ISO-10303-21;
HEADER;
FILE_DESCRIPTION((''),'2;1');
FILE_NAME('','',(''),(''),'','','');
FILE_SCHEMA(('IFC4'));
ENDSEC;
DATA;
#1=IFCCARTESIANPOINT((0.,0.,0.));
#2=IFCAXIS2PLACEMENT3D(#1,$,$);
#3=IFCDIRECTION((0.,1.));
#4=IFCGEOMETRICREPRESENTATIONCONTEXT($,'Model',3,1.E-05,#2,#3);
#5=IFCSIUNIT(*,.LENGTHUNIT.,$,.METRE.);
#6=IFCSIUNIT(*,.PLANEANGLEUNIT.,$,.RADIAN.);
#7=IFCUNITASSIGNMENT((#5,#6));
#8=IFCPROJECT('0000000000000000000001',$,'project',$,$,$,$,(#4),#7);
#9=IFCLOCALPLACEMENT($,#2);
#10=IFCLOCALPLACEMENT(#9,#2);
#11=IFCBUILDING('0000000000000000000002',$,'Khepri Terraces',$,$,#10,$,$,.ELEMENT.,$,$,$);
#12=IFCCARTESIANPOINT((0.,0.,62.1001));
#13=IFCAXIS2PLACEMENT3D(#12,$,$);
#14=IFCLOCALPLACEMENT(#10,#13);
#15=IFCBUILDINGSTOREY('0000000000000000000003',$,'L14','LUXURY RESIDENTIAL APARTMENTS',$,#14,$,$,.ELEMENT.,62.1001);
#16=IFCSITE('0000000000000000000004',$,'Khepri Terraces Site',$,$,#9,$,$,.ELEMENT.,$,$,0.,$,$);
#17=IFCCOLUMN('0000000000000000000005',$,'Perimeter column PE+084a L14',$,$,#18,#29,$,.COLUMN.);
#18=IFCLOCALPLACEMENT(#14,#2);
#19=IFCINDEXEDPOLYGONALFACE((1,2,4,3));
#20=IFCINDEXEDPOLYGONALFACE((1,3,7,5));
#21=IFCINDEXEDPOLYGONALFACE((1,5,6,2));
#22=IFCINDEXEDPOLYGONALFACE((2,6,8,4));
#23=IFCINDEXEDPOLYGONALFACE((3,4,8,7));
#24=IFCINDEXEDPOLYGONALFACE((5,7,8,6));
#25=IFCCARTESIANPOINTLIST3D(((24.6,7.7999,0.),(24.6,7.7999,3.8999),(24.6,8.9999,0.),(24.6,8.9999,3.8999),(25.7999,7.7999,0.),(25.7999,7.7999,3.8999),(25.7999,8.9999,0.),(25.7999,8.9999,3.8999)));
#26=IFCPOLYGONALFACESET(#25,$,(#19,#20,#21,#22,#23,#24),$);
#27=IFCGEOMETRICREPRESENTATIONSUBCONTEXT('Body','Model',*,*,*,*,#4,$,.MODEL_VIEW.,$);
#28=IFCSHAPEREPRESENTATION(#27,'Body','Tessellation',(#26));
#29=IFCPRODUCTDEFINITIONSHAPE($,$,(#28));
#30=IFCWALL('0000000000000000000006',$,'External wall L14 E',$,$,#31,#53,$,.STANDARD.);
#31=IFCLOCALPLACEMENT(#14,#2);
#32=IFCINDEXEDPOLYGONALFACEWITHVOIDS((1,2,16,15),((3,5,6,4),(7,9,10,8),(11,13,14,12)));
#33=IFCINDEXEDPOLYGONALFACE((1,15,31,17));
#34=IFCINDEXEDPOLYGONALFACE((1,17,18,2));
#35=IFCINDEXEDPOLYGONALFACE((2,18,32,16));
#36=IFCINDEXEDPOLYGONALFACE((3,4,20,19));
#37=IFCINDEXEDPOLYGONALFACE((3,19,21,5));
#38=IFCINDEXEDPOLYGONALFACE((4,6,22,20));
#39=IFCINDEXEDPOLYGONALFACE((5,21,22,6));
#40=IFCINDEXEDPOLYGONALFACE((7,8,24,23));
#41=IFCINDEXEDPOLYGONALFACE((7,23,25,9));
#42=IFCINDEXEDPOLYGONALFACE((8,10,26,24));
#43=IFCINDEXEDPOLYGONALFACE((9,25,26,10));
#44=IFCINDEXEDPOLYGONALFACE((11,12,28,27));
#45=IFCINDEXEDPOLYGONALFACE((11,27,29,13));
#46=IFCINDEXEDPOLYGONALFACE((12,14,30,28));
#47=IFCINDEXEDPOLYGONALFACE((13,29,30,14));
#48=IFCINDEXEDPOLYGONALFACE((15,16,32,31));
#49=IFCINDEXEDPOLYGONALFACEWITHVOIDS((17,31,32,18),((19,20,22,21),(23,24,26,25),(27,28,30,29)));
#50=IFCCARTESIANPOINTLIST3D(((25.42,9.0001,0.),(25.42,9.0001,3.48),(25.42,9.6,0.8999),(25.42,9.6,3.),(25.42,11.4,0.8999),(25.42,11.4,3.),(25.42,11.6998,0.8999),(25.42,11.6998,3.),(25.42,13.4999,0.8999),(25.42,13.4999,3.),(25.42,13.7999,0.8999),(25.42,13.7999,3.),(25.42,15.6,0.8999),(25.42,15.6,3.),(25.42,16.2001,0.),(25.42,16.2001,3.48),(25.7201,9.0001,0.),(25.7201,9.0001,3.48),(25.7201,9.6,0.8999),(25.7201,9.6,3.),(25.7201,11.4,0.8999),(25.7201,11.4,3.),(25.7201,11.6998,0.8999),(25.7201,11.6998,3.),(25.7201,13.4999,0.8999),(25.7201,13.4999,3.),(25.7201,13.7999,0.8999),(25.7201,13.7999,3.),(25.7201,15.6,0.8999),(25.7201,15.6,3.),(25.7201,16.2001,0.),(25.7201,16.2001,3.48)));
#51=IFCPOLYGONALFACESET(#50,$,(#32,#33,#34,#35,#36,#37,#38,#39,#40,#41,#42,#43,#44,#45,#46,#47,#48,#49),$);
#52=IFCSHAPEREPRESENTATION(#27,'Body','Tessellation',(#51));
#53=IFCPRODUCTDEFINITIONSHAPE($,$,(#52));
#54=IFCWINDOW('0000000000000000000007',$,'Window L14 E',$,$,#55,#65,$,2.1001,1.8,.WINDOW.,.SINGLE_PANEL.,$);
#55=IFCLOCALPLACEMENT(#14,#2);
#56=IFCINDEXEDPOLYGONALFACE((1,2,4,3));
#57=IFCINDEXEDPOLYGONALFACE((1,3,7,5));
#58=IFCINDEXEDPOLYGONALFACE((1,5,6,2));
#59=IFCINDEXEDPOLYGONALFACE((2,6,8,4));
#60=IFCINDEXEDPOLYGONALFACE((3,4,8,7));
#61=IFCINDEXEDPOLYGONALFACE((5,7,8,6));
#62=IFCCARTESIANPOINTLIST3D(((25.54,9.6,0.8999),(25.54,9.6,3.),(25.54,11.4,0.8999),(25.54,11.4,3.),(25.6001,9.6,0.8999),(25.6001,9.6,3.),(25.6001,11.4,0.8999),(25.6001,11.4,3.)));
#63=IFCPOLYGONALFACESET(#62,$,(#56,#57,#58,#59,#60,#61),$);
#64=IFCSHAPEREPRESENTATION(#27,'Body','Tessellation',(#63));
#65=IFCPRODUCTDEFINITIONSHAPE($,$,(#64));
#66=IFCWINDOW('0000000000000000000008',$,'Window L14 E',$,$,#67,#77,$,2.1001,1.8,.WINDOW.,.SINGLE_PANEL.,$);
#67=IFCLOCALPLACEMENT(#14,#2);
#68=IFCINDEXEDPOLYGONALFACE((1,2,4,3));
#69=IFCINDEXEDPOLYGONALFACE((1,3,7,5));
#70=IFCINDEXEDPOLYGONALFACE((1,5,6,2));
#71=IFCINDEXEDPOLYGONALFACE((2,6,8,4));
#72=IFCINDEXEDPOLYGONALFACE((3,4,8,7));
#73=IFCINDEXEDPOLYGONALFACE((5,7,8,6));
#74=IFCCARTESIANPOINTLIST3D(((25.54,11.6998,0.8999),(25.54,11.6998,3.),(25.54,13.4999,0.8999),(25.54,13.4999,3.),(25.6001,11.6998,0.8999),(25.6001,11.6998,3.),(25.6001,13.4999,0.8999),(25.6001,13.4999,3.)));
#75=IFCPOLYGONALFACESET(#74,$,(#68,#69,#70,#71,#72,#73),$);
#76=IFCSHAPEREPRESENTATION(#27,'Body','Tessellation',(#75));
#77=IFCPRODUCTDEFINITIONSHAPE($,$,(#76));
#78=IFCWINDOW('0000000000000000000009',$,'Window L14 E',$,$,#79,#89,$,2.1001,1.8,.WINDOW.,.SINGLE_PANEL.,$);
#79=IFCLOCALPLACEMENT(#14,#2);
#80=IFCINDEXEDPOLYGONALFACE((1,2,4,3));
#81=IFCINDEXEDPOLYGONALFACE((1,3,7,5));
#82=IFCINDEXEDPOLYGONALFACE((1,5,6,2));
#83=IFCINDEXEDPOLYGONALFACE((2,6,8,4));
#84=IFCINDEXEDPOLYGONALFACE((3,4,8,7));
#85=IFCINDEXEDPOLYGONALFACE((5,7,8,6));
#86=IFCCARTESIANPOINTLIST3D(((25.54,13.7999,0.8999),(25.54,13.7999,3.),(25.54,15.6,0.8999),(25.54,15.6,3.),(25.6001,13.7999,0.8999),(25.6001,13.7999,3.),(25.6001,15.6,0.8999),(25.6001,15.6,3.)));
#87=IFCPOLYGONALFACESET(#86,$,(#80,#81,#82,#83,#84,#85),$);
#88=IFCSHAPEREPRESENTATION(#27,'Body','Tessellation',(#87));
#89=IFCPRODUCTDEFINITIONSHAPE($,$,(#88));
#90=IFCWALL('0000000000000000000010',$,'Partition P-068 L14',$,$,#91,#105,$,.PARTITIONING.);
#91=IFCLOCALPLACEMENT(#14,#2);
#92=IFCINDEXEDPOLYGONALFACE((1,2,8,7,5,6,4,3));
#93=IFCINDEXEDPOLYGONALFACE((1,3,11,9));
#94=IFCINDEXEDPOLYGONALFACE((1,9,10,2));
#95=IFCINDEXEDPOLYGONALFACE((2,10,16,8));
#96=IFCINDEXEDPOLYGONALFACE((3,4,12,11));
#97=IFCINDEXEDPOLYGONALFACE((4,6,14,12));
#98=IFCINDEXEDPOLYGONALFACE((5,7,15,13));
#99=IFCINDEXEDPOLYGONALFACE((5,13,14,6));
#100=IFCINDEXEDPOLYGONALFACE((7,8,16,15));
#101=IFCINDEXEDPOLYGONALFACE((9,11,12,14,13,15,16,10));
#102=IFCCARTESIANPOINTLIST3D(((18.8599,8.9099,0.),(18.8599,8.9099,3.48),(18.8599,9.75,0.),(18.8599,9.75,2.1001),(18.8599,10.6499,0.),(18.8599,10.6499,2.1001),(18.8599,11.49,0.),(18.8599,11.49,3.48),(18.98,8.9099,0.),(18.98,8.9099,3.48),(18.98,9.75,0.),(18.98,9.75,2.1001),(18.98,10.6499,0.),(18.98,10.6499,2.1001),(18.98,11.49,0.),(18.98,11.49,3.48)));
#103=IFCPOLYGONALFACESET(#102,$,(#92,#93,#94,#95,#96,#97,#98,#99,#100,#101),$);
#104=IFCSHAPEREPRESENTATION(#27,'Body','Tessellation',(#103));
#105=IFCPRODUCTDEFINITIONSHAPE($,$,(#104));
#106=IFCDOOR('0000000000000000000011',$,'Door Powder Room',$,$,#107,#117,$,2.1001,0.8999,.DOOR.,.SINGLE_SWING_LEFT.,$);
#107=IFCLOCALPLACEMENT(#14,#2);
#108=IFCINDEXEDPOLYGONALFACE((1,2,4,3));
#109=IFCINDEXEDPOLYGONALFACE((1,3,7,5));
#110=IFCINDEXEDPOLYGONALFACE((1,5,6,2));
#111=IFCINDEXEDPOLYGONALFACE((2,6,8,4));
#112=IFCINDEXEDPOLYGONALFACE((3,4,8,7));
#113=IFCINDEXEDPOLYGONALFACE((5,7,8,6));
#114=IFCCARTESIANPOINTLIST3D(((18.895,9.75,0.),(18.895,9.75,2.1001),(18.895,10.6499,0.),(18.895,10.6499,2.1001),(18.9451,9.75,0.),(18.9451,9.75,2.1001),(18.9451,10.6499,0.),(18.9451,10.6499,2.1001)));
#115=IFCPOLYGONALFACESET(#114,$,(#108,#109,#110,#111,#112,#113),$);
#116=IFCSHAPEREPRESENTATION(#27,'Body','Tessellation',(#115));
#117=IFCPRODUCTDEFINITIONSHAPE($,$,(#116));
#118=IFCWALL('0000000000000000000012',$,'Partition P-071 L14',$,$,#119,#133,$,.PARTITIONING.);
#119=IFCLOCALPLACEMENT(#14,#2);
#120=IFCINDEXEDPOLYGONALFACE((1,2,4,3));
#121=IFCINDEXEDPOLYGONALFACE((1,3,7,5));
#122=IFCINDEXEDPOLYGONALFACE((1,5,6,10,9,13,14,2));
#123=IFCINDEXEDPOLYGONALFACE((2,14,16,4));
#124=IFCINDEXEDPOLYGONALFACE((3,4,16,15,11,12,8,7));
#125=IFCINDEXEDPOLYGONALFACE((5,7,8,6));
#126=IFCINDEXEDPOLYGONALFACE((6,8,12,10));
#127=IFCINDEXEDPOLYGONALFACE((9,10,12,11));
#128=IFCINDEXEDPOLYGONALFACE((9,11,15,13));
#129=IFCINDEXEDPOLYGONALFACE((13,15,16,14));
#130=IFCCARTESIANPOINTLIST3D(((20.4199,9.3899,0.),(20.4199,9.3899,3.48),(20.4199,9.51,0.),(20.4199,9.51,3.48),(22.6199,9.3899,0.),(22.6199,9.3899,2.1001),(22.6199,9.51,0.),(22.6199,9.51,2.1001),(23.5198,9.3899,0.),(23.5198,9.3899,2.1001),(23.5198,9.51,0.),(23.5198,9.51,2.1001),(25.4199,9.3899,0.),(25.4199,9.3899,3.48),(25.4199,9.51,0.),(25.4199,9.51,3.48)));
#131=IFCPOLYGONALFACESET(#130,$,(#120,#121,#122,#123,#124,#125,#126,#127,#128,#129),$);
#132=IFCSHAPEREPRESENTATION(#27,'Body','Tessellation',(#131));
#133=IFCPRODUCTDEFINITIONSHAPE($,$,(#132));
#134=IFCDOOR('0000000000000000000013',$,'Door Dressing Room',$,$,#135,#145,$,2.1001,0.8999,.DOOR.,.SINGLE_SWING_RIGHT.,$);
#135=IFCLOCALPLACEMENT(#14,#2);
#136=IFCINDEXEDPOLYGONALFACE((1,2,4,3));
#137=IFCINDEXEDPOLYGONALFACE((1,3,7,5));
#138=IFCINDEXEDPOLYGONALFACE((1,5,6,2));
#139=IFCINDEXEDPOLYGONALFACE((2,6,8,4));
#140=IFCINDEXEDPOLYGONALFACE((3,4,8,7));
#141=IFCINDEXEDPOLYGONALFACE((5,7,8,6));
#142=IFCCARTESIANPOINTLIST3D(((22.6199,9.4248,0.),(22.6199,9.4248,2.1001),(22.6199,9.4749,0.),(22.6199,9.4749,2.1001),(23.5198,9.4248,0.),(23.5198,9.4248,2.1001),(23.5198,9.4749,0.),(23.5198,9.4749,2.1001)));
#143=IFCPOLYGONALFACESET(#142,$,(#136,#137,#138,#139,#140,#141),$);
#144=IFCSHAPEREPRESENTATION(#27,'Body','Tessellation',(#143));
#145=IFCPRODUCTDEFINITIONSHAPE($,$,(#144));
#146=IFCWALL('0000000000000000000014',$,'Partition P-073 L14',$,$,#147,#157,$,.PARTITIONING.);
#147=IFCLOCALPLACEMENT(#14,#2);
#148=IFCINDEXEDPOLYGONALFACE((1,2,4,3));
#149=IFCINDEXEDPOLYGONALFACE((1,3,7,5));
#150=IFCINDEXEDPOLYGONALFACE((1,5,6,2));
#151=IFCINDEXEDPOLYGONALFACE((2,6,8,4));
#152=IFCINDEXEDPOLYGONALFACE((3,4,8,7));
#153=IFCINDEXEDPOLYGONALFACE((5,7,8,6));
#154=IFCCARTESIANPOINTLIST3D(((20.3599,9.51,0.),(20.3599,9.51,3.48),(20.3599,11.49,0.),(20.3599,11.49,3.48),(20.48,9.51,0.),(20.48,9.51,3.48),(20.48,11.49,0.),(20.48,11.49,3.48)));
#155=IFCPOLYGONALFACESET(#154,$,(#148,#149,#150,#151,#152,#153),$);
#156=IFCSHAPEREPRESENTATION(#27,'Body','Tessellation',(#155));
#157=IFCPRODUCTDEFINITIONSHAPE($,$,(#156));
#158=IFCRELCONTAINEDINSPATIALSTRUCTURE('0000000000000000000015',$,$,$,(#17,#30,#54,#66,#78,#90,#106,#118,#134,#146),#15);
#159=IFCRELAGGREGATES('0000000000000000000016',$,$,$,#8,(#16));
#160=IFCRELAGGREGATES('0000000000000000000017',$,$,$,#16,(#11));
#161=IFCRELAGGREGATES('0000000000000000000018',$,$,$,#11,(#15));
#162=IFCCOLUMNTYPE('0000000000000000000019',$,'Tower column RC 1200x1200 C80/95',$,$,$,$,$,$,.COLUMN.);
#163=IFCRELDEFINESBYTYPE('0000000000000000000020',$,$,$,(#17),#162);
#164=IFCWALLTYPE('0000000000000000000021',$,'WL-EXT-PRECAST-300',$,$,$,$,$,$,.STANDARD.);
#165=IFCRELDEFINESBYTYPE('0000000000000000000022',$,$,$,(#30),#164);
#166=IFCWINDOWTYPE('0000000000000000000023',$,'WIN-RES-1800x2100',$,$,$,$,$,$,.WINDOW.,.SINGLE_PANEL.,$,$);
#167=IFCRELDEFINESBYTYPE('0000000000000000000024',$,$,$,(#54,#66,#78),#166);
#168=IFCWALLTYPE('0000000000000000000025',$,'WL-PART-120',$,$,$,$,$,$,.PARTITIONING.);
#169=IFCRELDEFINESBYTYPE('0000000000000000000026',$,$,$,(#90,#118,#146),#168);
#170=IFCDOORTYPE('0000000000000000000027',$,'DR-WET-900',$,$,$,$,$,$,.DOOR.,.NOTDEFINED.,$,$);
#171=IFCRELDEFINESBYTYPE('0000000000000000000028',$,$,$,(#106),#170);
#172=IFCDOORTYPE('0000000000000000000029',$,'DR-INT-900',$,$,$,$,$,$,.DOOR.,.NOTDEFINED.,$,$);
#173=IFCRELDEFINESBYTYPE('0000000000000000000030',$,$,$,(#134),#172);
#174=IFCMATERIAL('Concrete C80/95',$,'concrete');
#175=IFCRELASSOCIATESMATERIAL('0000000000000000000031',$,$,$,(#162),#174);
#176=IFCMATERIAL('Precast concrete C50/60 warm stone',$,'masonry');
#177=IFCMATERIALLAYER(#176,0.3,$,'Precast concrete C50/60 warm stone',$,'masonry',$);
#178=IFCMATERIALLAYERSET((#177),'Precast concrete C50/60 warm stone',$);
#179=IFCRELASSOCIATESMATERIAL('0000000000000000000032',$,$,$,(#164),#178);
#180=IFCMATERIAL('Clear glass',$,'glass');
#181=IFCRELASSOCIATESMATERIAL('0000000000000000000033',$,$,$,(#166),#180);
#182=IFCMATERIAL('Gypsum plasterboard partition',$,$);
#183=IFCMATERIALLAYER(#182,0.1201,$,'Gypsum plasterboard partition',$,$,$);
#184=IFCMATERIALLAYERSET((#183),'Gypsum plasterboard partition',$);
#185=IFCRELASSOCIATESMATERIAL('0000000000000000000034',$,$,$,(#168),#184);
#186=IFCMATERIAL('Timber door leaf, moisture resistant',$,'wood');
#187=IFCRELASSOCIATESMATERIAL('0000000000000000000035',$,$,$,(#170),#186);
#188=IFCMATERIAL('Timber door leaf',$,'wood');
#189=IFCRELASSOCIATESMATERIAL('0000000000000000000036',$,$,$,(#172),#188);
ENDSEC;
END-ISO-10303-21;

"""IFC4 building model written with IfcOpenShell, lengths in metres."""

from ifc_helpers import new_model, si_unit, direction, frame, frame_2d, origin, origin_2d, place, context, subcontext, project, spatial, rectangle, extrude, material, layer, layer_set, material_profile, profile_set, type_object, element, fill, save


model = new_model("IFC4")

# Units and contexts
model_context = context("Model", 3, precision=1e-05, world=origin(), true_north=direction((0.0, 1.0)))
body_context = subcontext(model_context, "Body", "Model", "MODEL_VIEW")
ifc_project = project(units=[si_unit("LENGTHUNIT", "METRE"), si_unit("PLANEANGLEUNIT", "RADIAN")], contexts=[model_context])

# Site, building, storey
site_placement = place(None, origin())
site = spatial("IfcSite", under=ifc_project, at=site_placement, Name="Khepri Terraces Site", CompositionType="ELEMENT", RefElevation=0.0)
building_placement = place(site_placement, origin())
building = spatial("IfcBuilding", under=site, at=building_placement, Name="Khepri Terraces", CompositionType="ELEMENT")
storey_placement = place(building_placement, frame((0.0, 0.0, 62.1001)))
storey = spatial("IfcBuildingStorey", under=building, at=storey_placement, Name="L14", Description="LUXURY RESIDENTIAL APARTMENTS", CompositionType="ELEMENT", Elevation=62.1001)

# Column
ifc_material_1 = material(Name="Concrete C80/95", Category="concrete")
ifc_material_profile = material_profile(ifc_material_1, rectangle(XDim=1.2, YDim=1.2, at=origin_2d()), Name="Concrete C80/95", Category="concrete")
ifc_profile_set = profile_set([ifc_material_profile], Name="Concrete C80/95")
column_type = type_object("IfcColumnType", Name="Tower column RC 1200x1200 C80/95", PredefinedType="COLUMN", material=ifc_profile_set)
column_placement = place(storey_placement, frame((25.2, 8.3999, 0.0), z_axis=(0.0, 0.0, 1.0), x_axis=(1.0, 0.0, 0.0)))
element("IfcColumn", 1, at=column_placement, inside=storey, type_object=column_type, Name="Perimeter column PE+084a L14", PredefinedType="COLUMN", context=body_context, shape_type="SweptSolid", body=[
    extrude(rectangle(XDim=1.2, YDim=1.2, at=origin_2d()), origin(), (0.0, 0.0, 1.0), 3.8999),
])

# Wall, openings, windows
ifc_material_2 = material(Name="Precast concrete C50/60 warm stone", Category="masonry")
ifc_layer_1 = layer(ifc_material_2, 0.3, Name="Precast concrete C50/60 warm stone", Category="masonry")
ifc_layer_set_1 = layer_set([ifc_layer_1], Name="Precast concrete C50/60 warm stone")
wall_type_1 = type_object("IfcWallType", Name="WL-EXT-PRECAST-300", PredefinedType="STANDARD", material=ifc_layer_set_1)
wall_1_placement = place(storey_placement, frame((25.5701, 9.0, 0.0), z_axis=(0.0, 0.0, 1.0), x_axis=(0.0, 1.0, 0.0)))
wall_1 = element("IfcWall", 2, at=wall_1_placement, inside=storey, type_object=wall_type_1, Name="External wall L14 E", PredefinedType="STANDARD", context=body_context, shape_type="SweptSolid", body=[
    extrude(rectangle(XDim=7.2, YDim=0.3, at=frame_2d((3.6001, 0.0))), origin(), (0.0, 0.0, 1.0), 3.48),
])
opening_1_placement = place(wall_1_placement, frame((0.6001, 0.0, 0.8999)))
opening_1 = element("IfcOpeningElement", 3, at=opening_1_placement, cuts=wall_1, PredefinedType="OPENING", context=body_context, shape_type="SweptSolid", body=[
    extrude(rectangle(XDim=1.8, YDim=2.1001, at=frame_2d((0.8999, 1.05))), frame((0.0, 0.1602, 0.0), z_axis=(0.0, -1.0, 0.0), x_axis=(1.0, 0.0, 0.0)), (0.0, 0.0, 1.0), 0.3201),
])
opening_2_placement = place(wall_1_placement, frame((2.7, 0.0, 0.8999)))
opening_2 = element("IfcOpeningElement", 4, at=opening_2_placement, cuts=wall_1, PredefinedType="OPENING", context=body_context, shape_type="SweptSolid", body=[
    extrude(rectangle(XDim=1.8, YDim=2.1001, at=frame_2d((0.8999, 1.05))), frame((0.0, 0.1602, 0.0), z_axis=(0.0, -1.0, 0.0), x_axis=(1.0, 0.0, 0.0)), (0.0, 0.0, 1.0), 0.3201),
])
opening_3_placement = place(wall_1_placement, frame((4.8, 0.0, 0.8999)))
opening_3 = element("IfcOpeningElement", 5, at=opening_3_placement, cuts=wall_1, PredefinedType="OPENING", context=body_context, shape_type="SweptSolid", body=[
    extrude(rectangle(XDim=1.8, YDim=2.1001, at=frame_2d((0.8999, 1.05))), frame((0.0, 0.1602, 0.0), z_axis=(0.0, -1.0, 0.0), x_axis=(1.0, 0.0, 0.0)), (0.0, 0.0, 1.0), 0.3201),
])
ifc_material_3 = material(Name="Clear glass", Category="glass")
window_type = type_object("IfcWindowType", Name="WIN-RES-1800x2100", PartitioningType="SINGLE_PANEL", PredefinedType="WINDOW", material=ifc_material_3)
window_1_placement = place(opening_1_placement, origin())
window_1 = element("IfcWindow", 6, at=window_1_placement, inside=storey, type_object=window_type, Name="Window L14 E", OverallHeight=2.1001, OverallWidth=1.8, PartitioningType="SINGLE_PANEL", PredefinedType="WINDOW", context=body_context, shape_type="SweptSolid", body=[
    extrude(rectangle(XDim=1.8, YDim=2.1001, at=frame_2d((0.8999, 1.05))), frame((0.0, 0.03, 0.0), z_axis=(0.0, -1.0, 0.0), x_axis=(1.0, 0.0, 0.0)), (0.0, 0.0, 1.0), 0.0601),
])
fill(opening_1, window_1)
window_2_placement = place(opening_2_placement, origin())
window_2 = element("IfcWindow", 7, at=window_2_placement, inside=storey, type_object=window_type, Name="Window L14 E", OverallHeight=2.1001, OverallWidth=1.8, PartitioningType="SINGLE_PANEL", PredefinedType="WINDOW", context=body_context, shape_type="SweptSolid", body=[
    extrude(rectangle(XDim=1.8, YDim=2.1001, at=frame_2d((0.8999, 1.05))), frame((0.0, 0.03, 0.0), z_axis=(0.0, -1.0, 0.0), x_axis=(1.0, 0.0, 0.0)), (0.0, 0.0, 1.0), 0.0601),
])
fill(opening_2, window_2)
window_3_placement = place(opening_3_placement, origin())
window_3 = element("IfcWindow", 8, at=window_3_placement, inside=storey, type_object=window_type, Name="Window L14 E", OverallHeight=2.1001, OverallWidth=1.8, PartitioningType="SINGLE_PANEL", PredefinedType="WINDOW", context=body_context, shape_type="SweptSolid", body=[
    extrude(rectangle(XDim=1.8, YDim=2.1001, at=frame_2d((0.8999, 1.05))), frame((0.0, 0.03, 0.0), z_axis=(0.0, -1.0, 0.0), x_axis=(1.0, 0.0, 0.0)), (0.0, 0.0, 1.0), 0.0601),
])
fill(opening_3, window_3)

# Walls, openings, doors
ifc_material_4 = material(Name="Gypsum plasterboard partition")
ifc_layer_2 = layer(ifc_material_4, 0.1201, Name="Gypsum plasterboard partition")
ifc_layer_set_2 = layer_set([ifc_layer_2], Name="Gypsum plasterboard partition")
wall_type_2 = type_object("IfcWallType", Name="WL-PART-120", PredefinedType="PARTITIONING", material=ifc_layer_set_2)
wall_2_placement = place(storey_placement, frame((18.9199, 8.9099, 0.0), z_axis=(0.0, 0.0, 1.0), x_axis=(0.0, 1.0, 0.0)))
wall_2 = element("IfcWall", 9, at=wall_2_placement, inside=storey, type_object=wall_type_2, Name="Partition P-068 L14", PredefinedType="PARTITIONING", context=body_context, shape_type="SweptSolid", body=[
    extrude(rectangle(XDim=2.5801, YDim=0.1201, at=frame_2d((1.29, 0.0))), origin(), (0.0, 0.0, 1.0), 3.48),
])
opening_4_placement = place(wall_2_placement, frame((0.8401, 0.0, 0.0)))
opening_4 = element("IfcOpeningElement", 10, at=opening_4_placement, cuts=wall_2, PredefinedType="OPENING", context=body_context, shape_type="SweptSolid", body=[
    extrude(rectangle(XDim=0.8999, YDim=2.1001, at=frame_2d((0.45, 1.05))), frame((0.0, 0.0701, 0.0), z_axis=(0.0, -1.0, 0.0), x_axis=(1.0, 0.0, 0.0)), (0.0, 0.0, 1.0), 0.1401),
])
ifc_material_5 = material(Name="Timber door leaf, moisture resistant", Category="wood")
door_type_1 = type_object("IfcDoorType", Name="DR-WET-900", OperationType="NOTDEFINED", PredefinedType="DOOR", material=ifc_material_5)
door_1_placement = place(opening_4_placement, origin())
door_1 = element("IfcDoor", 11, at=door_1_placement, inside=storey, type_object=door_type_1, Name="Door Powder Room", OperationType="SINGLE_SWING_LEFT", OverallHeight=2.1001, OverallWidth=0.8999, PredefinedType="DOOR", context=body_context, shape_type="SweptSolid", body=[
    extrude(rectangle(XDim=0.8999, YDim=2.1001, at=frame_2d((0.45, 1.05))), frame((0.0, 0.0249, 0.0), z_axis=(0.0, -1.0, 0.0), x_axis=(1.0, 0.0, 0.0)), (0.0, 0.0, 1.0), 0.05),
])
fill(opening_4, door_1)
wall_3_placement = place(storey_placement, frame((20.4199, 9.45, 0.0), z_axis=(0.0, 0.0, 1.0), x_axis=(1.0, 0.0, 0.0)))
wall_3 = element("IfcWall", 12, at=wall_3_placement, inside=storey, type_object=wall_type_2, Name="Partition P-071 L14", PredefinedType="PARTITIONING", context=body_context, shape_type="SweptSolid", body=[
    extrude(rectangle(XDim=5.0, YDim=0.1201, at=frame_2d((2.5, 0.0))), origin(), (0.0, 0.0, 1.0), 3.48),
])
opening_5_placement = place(wall_3_placement, frame((2.2, 0.0, 0.0)))
opening_5 = element("IfcOpeningElement", 13, at=opening_5_placement, cuts=wall_3, PredefinedType="OPENING", context=body_context, shape_type="SweptSolid", body=[
    extrude(rectangle(XDim=0.8999, YDim=2.1001, at=frame_2d((0.45, 1.05))), frame((0.0, 0.0701, 0.0), z_axis=(0.0, -1.0, 0.0), x_axis=(1.0, 0.0, 0.0)), (0.0, 0.0, 1.0), 0.1401),
])
ifc_material_6 = material(Name="Timber door leaf", Category="wood")
door_type_2 = type_object("IfcDoorType", Name="DR-INT-900", OperationType="NOTDEFINED", PredefinedType="DOOR", material=ifc_material_6)
door_2_placement = place(opening_5_placement, origin())
door_2 = element("IfcDoor", 14, at=door_2_placement, inside=storey, type_object=door_type_2, Name="Door Dressing Room", OperationType="SINGLE_SWING_RIGHT", OverallHeight=2.1001, OverallWidth=0.8999, PredefinedType="DOOR", context=body_context, shape_type="SweptSolid", body=[
    extrude(rectangle(XDim=0.8999, YDim=2.1001, at=frame_2d((0.45, 1.05))), frame((0.0, 0.0249, 0.0), z_axis=(0.0, -1.0, 0.0), x_axis=(1.0, 0.0, 0.0)), (0.0, 0.0, 1.0), 0.05),
])
fill(opening_5, door_2)

# Wall
wall_4_placement = place(storey_placement, frame((20.4199, 9.51, 0.0), z_axis=(0.0, 0.0, 1.0), x_axis=(0.0, 1.0, 0.0)))
element("IfcWall", 15, at=wall_4_placement, inside=storey, type_object=wall_type_2, Name="Partition P-073 L14", PredefinedType="PARTITIONING", context=body_context, shape_type="SweptSolid", body=[
    extrude(rectangle(XDim=1.98, YDim=0.1201, at=frame_2d((0.99, 0.0))), origin(), (0.0, 0.0, 1.0), 3.48),
])

save(model, "model.ifc")
